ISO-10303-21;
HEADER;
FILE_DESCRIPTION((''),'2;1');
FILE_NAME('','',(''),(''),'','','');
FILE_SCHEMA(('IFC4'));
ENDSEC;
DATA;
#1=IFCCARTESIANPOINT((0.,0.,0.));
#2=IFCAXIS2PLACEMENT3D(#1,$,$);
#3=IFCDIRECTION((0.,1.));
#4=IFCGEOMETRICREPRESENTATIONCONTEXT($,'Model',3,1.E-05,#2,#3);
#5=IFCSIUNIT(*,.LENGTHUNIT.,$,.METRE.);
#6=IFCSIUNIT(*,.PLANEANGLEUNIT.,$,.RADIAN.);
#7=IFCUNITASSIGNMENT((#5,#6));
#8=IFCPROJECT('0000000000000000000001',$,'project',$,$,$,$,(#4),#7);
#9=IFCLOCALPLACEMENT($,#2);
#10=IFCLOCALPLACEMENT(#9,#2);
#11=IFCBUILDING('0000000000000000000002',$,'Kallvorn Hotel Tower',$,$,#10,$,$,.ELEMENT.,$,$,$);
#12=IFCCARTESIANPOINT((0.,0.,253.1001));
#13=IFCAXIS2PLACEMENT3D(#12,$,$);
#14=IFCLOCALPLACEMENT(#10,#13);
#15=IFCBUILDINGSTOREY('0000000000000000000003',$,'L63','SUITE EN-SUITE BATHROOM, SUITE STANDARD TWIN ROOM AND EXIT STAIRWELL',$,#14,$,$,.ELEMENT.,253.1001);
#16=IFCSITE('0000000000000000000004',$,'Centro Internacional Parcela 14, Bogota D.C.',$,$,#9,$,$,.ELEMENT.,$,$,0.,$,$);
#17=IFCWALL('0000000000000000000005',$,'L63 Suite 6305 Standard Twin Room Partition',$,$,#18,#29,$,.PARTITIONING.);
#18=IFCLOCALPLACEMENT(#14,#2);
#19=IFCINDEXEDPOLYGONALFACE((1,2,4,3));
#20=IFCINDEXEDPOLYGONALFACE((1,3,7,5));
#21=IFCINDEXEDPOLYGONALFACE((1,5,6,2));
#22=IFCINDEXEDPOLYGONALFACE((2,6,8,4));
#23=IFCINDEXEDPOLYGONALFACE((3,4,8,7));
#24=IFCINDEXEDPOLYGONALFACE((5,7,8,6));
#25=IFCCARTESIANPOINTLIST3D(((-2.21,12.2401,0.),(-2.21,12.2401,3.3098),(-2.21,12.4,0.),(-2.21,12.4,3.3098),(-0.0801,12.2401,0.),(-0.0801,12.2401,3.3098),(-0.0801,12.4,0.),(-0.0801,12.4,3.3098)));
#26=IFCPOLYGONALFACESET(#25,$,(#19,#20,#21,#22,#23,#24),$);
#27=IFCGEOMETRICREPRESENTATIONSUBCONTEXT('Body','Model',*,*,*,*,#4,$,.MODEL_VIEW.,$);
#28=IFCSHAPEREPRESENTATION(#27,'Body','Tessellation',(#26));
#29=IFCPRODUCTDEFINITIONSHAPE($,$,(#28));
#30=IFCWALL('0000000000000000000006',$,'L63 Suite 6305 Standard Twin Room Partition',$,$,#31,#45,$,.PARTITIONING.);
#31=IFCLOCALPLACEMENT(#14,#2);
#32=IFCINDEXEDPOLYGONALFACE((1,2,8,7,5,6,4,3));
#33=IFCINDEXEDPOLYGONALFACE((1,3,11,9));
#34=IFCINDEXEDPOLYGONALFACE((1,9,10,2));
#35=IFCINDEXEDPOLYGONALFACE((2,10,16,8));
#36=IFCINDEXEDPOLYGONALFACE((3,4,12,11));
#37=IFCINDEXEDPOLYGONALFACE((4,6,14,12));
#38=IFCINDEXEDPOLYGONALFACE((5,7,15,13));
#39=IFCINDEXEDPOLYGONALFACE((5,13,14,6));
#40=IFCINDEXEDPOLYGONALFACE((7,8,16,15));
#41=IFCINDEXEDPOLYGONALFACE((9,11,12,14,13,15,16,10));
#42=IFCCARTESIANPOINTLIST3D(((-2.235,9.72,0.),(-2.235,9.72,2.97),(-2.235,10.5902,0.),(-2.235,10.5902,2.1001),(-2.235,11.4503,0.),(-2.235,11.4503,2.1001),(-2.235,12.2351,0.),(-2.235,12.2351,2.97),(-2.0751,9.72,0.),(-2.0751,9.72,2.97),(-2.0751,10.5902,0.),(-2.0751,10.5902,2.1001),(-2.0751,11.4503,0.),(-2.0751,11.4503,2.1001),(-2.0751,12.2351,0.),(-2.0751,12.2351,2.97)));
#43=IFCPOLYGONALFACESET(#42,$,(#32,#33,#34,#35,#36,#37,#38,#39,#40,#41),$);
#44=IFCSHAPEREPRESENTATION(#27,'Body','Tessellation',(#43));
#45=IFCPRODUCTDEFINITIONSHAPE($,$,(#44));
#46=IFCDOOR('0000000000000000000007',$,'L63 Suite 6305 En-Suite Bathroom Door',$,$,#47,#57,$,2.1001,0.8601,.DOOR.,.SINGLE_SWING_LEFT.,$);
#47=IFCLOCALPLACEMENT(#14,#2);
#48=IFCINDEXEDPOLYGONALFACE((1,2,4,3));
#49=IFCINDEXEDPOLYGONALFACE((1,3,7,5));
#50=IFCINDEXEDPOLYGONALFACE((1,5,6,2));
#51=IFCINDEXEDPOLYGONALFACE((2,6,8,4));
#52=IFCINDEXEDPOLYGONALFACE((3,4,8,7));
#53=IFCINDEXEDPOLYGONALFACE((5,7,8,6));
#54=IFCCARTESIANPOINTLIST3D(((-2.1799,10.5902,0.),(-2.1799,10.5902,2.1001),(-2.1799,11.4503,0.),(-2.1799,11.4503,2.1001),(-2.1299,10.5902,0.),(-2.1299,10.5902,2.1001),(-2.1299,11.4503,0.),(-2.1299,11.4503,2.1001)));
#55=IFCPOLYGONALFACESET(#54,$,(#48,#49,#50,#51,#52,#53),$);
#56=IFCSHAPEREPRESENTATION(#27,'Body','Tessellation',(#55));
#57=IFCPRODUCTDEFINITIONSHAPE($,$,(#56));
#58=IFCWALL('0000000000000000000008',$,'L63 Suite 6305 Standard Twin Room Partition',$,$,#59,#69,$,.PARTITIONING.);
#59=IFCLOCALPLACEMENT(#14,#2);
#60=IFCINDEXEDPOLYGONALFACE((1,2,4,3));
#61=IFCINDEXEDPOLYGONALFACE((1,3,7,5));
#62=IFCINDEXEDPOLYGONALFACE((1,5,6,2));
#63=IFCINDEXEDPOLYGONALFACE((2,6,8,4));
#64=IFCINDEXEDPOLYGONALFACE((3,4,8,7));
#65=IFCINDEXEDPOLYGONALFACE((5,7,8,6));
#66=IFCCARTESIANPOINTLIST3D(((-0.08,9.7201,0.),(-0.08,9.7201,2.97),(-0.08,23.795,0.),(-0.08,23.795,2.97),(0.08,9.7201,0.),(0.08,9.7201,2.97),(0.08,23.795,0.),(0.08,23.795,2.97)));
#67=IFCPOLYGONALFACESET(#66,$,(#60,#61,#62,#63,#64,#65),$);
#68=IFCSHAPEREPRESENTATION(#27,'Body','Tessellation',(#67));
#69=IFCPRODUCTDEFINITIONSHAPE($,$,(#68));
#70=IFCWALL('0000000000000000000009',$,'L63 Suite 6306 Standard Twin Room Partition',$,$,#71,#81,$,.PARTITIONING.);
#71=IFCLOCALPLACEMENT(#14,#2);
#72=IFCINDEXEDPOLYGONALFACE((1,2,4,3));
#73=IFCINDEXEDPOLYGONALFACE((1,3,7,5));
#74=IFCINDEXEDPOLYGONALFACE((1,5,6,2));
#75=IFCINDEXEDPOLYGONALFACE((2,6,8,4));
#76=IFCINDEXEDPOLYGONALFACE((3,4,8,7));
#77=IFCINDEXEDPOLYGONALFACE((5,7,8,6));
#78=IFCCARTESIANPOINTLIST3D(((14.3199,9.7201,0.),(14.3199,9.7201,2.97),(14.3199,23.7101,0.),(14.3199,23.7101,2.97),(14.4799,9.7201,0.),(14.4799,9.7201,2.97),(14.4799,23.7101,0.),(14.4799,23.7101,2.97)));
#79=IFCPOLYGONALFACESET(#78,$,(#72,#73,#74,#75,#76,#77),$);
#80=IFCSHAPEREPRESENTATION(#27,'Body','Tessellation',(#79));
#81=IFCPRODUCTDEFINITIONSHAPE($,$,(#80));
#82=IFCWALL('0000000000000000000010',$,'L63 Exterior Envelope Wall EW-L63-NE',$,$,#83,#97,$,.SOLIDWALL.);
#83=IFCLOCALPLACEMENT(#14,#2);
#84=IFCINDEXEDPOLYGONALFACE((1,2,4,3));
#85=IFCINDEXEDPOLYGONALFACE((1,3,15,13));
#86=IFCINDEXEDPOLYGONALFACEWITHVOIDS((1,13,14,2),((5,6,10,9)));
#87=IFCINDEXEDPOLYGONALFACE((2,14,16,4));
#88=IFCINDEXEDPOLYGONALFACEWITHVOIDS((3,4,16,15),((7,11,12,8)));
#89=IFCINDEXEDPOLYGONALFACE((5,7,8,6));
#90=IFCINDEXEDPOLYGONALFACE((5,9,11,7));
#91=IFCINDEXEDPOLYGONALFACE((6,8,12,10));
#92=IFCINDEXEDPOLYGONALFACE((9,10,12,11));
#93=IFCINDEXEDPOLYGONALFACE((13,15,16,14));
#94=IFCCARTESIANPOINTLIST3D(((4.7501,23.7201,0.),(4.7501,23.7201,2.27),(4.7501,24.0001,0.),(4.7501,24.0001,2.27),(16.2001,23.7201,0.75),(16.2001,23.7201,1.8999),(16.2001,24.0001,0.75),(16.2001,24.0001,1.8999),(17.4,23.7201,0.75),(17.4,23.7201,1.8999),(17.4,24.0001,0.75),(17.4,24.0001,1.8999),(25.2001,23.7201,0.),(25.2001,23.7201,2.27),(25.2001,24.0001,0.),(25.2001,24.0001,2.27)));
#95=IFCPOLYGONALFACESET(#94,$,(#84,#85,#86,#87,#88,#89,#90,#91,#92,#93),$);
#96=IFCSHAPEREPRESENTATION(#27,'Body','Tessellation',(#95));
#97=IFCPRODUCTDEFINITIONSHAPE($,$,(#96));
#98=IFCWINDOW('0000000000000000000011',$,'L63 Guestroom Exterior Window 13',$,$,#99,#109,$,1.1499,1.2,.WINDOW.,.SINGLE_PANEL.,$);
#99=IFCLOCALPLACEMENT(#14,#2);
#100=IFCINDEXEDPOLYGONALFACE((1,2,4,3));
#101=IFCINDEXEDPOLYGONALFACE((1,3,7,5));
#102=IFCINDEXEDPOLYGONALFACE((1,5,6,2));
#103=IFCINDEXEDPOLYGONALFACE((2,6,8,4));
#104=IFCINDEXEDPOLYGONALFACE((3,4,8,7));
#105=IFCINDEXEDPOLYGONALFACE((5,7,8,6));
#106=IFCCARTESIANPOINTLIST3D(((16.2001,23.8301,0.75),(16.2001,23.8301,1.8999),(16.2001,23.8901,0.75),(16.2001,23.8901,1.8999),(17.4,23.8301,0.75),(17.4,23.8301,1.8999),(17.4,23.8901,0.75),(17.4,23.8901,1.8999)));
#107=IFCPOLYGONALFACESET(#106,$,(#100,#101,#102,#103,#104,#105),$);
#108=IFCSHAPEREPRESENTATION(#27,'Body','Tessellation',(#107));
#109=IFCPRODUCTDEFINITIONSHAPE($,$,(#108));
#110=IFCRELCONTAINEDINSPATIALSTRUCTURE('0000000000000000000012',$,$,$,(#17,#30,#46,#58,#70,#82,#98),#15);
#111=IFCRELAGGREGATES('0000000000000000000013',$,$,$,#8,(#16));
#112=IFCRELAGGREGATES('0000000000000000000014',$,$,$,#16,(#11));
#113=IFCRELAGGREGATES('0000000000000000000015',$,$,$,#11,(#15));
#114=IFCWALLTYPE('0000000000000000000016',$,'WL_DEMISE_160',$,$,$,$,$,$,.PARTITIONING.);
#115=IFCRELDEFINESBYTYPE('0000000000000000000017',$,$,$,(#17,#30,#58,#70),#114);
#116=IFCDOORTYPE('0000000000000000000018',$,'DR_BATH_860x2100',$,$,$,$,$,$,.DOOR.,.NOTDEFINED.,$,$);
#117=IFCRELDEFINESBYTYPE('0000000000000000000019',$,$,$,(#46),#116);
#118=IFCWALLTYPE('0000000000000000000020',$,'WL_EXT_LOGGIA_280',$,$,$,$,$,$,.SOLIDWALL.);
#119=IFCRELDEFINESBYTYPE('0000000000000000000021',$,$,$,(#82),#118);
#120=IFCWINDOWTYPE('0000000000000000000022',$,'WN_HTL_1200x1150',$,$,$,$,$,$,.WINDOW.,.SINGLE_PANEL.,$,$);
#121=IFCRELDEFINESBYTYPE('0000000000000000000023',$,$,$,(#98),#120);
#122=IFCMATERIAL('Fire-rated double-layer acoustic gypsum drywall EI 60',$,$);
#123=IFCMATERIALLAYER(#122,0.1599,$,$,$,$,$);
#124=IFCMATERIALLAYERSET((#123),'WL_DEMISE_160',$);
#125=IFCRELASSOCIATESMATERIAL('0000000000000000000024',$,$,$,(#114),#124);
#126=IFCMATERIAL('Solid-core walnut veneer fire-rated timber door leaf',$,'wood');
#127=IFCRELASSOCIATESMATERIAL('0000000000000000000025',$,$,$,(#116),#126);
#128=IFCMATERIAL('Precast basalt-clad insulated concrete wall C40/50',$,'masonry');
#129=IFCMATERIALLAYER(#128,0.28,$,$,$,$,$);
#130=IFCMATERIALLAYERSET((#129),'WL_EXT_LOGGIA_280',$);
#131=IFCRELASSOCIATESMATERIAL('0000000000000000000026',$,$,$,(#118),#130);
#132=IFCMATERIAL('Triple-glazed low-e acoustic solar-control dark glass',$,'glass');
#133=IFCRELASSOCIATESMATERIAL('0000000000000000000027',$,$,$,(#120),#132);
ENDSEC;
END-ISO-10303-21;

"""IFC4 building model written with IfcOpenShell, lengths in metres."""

from ifc_helpers import new_model, si_unit, direction, frame, frame_2d, origin, place, context, subcontext, project, spatial, rectangle, extrude, material, layer, layer_set, type_object, element, fill, save


model = new_model("IFC4")

# Units and contexts
model_context = context("Model", 3, precision=1e-05, world=origin(), true_north=direction((0.0, 1.0)))
body_context = subcontext(model_context, "Body", "Model", "MODEL_VIEW")
ifc_project = project(units=[si_unit("LENGTHUNIT", "METRE"), si_unit("PLANEANGLEUNIT", "RADIAN")], contexts=[model_context])

# Site, building, storey
site_placement = place(None, origin())
site = spatial("IfcSite", under=ifc_project, at=site_placement, Name="Centro Internacional Parcela 14, Bogota D.C.", CompositionType="ELEMENT", RefElevation=0.0)
building_placement = place(site_placement, origin())
building = spatial("IfcBuilding", under=site, at=building_placement, Name="Kallvorn Hotel Tower", CompositionType="ELEMENT")
storey_placement = place(building_placement, frame((0.0, 0.0, 253.1001)))
storey = spatial("IfcBuildingStorey", under=building, at=storey_placement, Name="L63", Description="SUITE EN-SUITE BATHROOM, SUITE STANDARD TWIN ROOM AND EXIT STAIRWELL", CompositionType="ELEMENT", Elevation=253.1001)

# Wall
ifc_material_1 = material(Name="Fire-rated double-layer acoustic gypsum drywall EI 60")
ifc_layer_1 = layer(ifc_material_1, 0.1599)
ifc_layer_set_1 = layer_set([ifc_layer_1], Name="WL_DEMISE_160")
wall_type_1 = type_object("IfcWallType", Name="WL_DEMISE_160", PredefinedType="PARTITIONING", material=ifc_layer_set_1)
wall_1_placement = place(storey_placement, frame((-2.21, 12.3201, 0.0), z_axis=(0.0, 0.0, 1.0), x_axis=(1.0, 0.0, 0.0)))
element("IfcWall", 1, at=wall_1_placement, inside=storey, type_object=wall_type_1, Name="L63 Suite 6305 Standard Twin Room Partition", PredefinedType="PARTITIONING", context=body_context, shape_type="SweptSolid", body=[
    extrude(rectangle(XDim=2.1299, YDim=0.1599, at=frame_2d((1.0649, 0.0))), origin(), (0.0, 0.0, 1.0), 3.3098),
])

# Wall, opening, door
wall_2_placement = place(storey_placement, frame((-2.155, 9.72, 0.0), z_axis=(0.0, 0.0, 1.0), x_axis=(0.0, 1.0, 0.0)))
wall_2 = element("IfcWall", 2, at=wall_2_placement, inside=storey, type_object=wall_type_1, Name="L63 Suite 6305 Standard Twin Room Partition", PredefinedType="PARTITIONING", context=body_context, shape_type="SweptSolid", body=[
    extrude(rectangle(XDim=2.5151, YDim=0.1599, at=frame_2d((1.2576, 0.0))), origin(), (0.0, 0.0, 1.0), 2.97),
])
opening_1_placement = place(wall_2_placement, frame((0.8701, 0.0, 0.0)))
opening_1 = element("IfcOpeningElement", 3, at=opening_1_placement, cuts=wall_2, PredefinedType="OPENING", context=body_context, shape_type="SweptSolid", body=[
    extrude(rectangle(XDim=0.8601, YDim=2.1001, at=frame_2d((0.4302, 1.05))), frame((0.0, 0.095, 0.0), z_axis=(0.0, -1.0, 0.0), x_axis=(1.0, 0.0, 0.0)), (0.0, 0.0, 1.0), 0.1899),
])
ifc_material_2 = material(Name="Solid-core walnut veneer fire-rated timber door leaf", Category="wood")
door_type = type_object("IfcDoorType", Name="DR_BATH_860x2100", OperationType="NOTDEFINED", PredefinedType="DOOR", material=ifc_material_2)
door_placement = place(opening_1_placement, origin())
door = element("IfcDoor", 4, at=door_placement, inside=storey, type_object=door_type, Name="L63 Suite 6305 En-Suite Bathroom Door", OperationType="SINGLE_SWING_LEFT", OverallHeight=2.1001, OverallWidth=0.8601, PredefinedType="DOOR", context=body_context, shape_type="SweptSolid", body=[
    extrude(rectangle(XDim=0.8601, YDim=2.1001, at=frame_2d((0.4302, 1.05))), frame((0.0, 0.0249, 0.0), z_axis=(0.0, -1.0, 0.0), x_axis=(1.0, 0.0, 0.0)), (0.0, 0.0, 1.0), 0.05),
])
fill(opening_1, door)

# Walls
wall_3_placement = place(storey_placement, frame((0.0, 9.72, 0.0), z_axis=(0.0, 0.0, 1.0), x_axis=(0.0, 1.0, 0.0)))
element("IfcWall", 5, at=wall_3_placement, inside=storey, type_object=wall_type_1, Name="L63 Suite 6305 Standard Twin Room Partition", PredefinedType="PARTITIONING", context=body_context, shape_type="SweptSolid", body=[
    extrude(rectangle(XDim=14.075, YDim=0.1599, at=frame_2d((7.0376, 0.0))), origin(), (0.0, 0.0, 1.0), 2.97),
])
wall_4_placement = place(storey_placement, frame((14.3999, 9.72, 0.0), z_axis=(0.0, 0.0, 1.0), x_axis=(0.0, 1.0, 0.0)))
element("IfcWall", 6, at=wall_4_placement, inside=storey, type_object=wall_type_1, Name="L63 Suite 6306 Standard Twin Room Partition", PredefinedType="PARTITIONING", context=body_context, shape_type="SweptSolid", body=[
    extrude(rectangle(XDim=13.99, YDim=0.1599, at=frame_2d((6.9951, 0.0))), origin(), (0.0, 0.0, 1.0), 2.97),
])

# Wall, opening, window
ifc_material_3 = material(Name="Precast basalt-clad insulated concrete wall C40/50", Category="masonry")
ifc_layer_2 = layer(ifc_material_3, 0.28)
ifc_layer_set_2 = layer_set([ifc_layer_2], Name="WL_EXT_LOGGIA_280")
wall_type_2 = type_object("IfcWallType", Name="WL_EXT_LOGGIA_280", PredefinedType="SOLIDWALL", material=ifc_layer_set_2)
wall_5_placement = place(storey_placement, frame((4.75, 23.8601, 0.0), z_axis=(0.0, 0.0, 1.0), x_axis=(1.0, 0.0, 0.0)))
wall_5 = element("IfcWall", 7, at=wall_5_placement, inside=storey, type_object=wall_type_2, Name="L63 Exterior Envelope Wall EW-L63-NE", PredefinedType="SOLIDWALL", context=body_context, shape_type="SweptSolid", body=[
    extrude(rectangle(XDim=20.45, YDim=0.28, at=frame_2d((10.2251, 0.0))), origin(), (0.0, 0.0, 1.0), 2.27),
])
opening_2_placement = place(wall_5_placement, frame((11.45, 0.0, 0.75)))
opening_2 = element("IfcOpeningElement", 8, at=opening_2_placement, cuts=wall_5, PredefinedType="OPENING", context=body_context, shape_type="SweptSolid", body=[
    extrude(rectangle(XDim=1.2, YDim=1.1499, at=frame_2d((0.6001, 0.575))), frame((0.0, 0.155, 0.0), z_axis=(0.0, -1.0, 0.0), x_axis=(1.0, 0.0, 0.0)), (0.0, 0.0, 1.0), 0.3101),
])
ifc_material_4 = material(Name="Triple-glazed low-e acoustic solar-control dark glass", Category="glass")
window_type = type_object("IfcWindowType", Name="WN_HTL_1200x1150", PartitioningType="SINGLE_PANEL", PredefinedType="WINDOW", material=ifc_material_4)
window_placement = place(opening_2_placement, origin())
window = element("IfcWindow", 9, at=window_placement, inside=storey, type_object=window_type, Name="L63 Guestroom Exterior Window 13", OverallHeight=1.1499, OverallWidth=1.2, PartitioningType="SINGLE_PANEL", PredefinedType="WINDOW", context=body_context, shape_type="SweptSolid", body=[
    extrude(rectangle(XDim=1.2, YDim=1.1499, at=frame_2d((0.6001, 0.575))), frame((0.0, 0.03, 0.0), z_axis=(0.0, -1.0, 0.0), x_axis=(1.0, 0.0, 0.0)), (0.0, 0.0, 1.0), 0.0601),
])
fill(opening_2, window)

save(model, "model.ifc")
